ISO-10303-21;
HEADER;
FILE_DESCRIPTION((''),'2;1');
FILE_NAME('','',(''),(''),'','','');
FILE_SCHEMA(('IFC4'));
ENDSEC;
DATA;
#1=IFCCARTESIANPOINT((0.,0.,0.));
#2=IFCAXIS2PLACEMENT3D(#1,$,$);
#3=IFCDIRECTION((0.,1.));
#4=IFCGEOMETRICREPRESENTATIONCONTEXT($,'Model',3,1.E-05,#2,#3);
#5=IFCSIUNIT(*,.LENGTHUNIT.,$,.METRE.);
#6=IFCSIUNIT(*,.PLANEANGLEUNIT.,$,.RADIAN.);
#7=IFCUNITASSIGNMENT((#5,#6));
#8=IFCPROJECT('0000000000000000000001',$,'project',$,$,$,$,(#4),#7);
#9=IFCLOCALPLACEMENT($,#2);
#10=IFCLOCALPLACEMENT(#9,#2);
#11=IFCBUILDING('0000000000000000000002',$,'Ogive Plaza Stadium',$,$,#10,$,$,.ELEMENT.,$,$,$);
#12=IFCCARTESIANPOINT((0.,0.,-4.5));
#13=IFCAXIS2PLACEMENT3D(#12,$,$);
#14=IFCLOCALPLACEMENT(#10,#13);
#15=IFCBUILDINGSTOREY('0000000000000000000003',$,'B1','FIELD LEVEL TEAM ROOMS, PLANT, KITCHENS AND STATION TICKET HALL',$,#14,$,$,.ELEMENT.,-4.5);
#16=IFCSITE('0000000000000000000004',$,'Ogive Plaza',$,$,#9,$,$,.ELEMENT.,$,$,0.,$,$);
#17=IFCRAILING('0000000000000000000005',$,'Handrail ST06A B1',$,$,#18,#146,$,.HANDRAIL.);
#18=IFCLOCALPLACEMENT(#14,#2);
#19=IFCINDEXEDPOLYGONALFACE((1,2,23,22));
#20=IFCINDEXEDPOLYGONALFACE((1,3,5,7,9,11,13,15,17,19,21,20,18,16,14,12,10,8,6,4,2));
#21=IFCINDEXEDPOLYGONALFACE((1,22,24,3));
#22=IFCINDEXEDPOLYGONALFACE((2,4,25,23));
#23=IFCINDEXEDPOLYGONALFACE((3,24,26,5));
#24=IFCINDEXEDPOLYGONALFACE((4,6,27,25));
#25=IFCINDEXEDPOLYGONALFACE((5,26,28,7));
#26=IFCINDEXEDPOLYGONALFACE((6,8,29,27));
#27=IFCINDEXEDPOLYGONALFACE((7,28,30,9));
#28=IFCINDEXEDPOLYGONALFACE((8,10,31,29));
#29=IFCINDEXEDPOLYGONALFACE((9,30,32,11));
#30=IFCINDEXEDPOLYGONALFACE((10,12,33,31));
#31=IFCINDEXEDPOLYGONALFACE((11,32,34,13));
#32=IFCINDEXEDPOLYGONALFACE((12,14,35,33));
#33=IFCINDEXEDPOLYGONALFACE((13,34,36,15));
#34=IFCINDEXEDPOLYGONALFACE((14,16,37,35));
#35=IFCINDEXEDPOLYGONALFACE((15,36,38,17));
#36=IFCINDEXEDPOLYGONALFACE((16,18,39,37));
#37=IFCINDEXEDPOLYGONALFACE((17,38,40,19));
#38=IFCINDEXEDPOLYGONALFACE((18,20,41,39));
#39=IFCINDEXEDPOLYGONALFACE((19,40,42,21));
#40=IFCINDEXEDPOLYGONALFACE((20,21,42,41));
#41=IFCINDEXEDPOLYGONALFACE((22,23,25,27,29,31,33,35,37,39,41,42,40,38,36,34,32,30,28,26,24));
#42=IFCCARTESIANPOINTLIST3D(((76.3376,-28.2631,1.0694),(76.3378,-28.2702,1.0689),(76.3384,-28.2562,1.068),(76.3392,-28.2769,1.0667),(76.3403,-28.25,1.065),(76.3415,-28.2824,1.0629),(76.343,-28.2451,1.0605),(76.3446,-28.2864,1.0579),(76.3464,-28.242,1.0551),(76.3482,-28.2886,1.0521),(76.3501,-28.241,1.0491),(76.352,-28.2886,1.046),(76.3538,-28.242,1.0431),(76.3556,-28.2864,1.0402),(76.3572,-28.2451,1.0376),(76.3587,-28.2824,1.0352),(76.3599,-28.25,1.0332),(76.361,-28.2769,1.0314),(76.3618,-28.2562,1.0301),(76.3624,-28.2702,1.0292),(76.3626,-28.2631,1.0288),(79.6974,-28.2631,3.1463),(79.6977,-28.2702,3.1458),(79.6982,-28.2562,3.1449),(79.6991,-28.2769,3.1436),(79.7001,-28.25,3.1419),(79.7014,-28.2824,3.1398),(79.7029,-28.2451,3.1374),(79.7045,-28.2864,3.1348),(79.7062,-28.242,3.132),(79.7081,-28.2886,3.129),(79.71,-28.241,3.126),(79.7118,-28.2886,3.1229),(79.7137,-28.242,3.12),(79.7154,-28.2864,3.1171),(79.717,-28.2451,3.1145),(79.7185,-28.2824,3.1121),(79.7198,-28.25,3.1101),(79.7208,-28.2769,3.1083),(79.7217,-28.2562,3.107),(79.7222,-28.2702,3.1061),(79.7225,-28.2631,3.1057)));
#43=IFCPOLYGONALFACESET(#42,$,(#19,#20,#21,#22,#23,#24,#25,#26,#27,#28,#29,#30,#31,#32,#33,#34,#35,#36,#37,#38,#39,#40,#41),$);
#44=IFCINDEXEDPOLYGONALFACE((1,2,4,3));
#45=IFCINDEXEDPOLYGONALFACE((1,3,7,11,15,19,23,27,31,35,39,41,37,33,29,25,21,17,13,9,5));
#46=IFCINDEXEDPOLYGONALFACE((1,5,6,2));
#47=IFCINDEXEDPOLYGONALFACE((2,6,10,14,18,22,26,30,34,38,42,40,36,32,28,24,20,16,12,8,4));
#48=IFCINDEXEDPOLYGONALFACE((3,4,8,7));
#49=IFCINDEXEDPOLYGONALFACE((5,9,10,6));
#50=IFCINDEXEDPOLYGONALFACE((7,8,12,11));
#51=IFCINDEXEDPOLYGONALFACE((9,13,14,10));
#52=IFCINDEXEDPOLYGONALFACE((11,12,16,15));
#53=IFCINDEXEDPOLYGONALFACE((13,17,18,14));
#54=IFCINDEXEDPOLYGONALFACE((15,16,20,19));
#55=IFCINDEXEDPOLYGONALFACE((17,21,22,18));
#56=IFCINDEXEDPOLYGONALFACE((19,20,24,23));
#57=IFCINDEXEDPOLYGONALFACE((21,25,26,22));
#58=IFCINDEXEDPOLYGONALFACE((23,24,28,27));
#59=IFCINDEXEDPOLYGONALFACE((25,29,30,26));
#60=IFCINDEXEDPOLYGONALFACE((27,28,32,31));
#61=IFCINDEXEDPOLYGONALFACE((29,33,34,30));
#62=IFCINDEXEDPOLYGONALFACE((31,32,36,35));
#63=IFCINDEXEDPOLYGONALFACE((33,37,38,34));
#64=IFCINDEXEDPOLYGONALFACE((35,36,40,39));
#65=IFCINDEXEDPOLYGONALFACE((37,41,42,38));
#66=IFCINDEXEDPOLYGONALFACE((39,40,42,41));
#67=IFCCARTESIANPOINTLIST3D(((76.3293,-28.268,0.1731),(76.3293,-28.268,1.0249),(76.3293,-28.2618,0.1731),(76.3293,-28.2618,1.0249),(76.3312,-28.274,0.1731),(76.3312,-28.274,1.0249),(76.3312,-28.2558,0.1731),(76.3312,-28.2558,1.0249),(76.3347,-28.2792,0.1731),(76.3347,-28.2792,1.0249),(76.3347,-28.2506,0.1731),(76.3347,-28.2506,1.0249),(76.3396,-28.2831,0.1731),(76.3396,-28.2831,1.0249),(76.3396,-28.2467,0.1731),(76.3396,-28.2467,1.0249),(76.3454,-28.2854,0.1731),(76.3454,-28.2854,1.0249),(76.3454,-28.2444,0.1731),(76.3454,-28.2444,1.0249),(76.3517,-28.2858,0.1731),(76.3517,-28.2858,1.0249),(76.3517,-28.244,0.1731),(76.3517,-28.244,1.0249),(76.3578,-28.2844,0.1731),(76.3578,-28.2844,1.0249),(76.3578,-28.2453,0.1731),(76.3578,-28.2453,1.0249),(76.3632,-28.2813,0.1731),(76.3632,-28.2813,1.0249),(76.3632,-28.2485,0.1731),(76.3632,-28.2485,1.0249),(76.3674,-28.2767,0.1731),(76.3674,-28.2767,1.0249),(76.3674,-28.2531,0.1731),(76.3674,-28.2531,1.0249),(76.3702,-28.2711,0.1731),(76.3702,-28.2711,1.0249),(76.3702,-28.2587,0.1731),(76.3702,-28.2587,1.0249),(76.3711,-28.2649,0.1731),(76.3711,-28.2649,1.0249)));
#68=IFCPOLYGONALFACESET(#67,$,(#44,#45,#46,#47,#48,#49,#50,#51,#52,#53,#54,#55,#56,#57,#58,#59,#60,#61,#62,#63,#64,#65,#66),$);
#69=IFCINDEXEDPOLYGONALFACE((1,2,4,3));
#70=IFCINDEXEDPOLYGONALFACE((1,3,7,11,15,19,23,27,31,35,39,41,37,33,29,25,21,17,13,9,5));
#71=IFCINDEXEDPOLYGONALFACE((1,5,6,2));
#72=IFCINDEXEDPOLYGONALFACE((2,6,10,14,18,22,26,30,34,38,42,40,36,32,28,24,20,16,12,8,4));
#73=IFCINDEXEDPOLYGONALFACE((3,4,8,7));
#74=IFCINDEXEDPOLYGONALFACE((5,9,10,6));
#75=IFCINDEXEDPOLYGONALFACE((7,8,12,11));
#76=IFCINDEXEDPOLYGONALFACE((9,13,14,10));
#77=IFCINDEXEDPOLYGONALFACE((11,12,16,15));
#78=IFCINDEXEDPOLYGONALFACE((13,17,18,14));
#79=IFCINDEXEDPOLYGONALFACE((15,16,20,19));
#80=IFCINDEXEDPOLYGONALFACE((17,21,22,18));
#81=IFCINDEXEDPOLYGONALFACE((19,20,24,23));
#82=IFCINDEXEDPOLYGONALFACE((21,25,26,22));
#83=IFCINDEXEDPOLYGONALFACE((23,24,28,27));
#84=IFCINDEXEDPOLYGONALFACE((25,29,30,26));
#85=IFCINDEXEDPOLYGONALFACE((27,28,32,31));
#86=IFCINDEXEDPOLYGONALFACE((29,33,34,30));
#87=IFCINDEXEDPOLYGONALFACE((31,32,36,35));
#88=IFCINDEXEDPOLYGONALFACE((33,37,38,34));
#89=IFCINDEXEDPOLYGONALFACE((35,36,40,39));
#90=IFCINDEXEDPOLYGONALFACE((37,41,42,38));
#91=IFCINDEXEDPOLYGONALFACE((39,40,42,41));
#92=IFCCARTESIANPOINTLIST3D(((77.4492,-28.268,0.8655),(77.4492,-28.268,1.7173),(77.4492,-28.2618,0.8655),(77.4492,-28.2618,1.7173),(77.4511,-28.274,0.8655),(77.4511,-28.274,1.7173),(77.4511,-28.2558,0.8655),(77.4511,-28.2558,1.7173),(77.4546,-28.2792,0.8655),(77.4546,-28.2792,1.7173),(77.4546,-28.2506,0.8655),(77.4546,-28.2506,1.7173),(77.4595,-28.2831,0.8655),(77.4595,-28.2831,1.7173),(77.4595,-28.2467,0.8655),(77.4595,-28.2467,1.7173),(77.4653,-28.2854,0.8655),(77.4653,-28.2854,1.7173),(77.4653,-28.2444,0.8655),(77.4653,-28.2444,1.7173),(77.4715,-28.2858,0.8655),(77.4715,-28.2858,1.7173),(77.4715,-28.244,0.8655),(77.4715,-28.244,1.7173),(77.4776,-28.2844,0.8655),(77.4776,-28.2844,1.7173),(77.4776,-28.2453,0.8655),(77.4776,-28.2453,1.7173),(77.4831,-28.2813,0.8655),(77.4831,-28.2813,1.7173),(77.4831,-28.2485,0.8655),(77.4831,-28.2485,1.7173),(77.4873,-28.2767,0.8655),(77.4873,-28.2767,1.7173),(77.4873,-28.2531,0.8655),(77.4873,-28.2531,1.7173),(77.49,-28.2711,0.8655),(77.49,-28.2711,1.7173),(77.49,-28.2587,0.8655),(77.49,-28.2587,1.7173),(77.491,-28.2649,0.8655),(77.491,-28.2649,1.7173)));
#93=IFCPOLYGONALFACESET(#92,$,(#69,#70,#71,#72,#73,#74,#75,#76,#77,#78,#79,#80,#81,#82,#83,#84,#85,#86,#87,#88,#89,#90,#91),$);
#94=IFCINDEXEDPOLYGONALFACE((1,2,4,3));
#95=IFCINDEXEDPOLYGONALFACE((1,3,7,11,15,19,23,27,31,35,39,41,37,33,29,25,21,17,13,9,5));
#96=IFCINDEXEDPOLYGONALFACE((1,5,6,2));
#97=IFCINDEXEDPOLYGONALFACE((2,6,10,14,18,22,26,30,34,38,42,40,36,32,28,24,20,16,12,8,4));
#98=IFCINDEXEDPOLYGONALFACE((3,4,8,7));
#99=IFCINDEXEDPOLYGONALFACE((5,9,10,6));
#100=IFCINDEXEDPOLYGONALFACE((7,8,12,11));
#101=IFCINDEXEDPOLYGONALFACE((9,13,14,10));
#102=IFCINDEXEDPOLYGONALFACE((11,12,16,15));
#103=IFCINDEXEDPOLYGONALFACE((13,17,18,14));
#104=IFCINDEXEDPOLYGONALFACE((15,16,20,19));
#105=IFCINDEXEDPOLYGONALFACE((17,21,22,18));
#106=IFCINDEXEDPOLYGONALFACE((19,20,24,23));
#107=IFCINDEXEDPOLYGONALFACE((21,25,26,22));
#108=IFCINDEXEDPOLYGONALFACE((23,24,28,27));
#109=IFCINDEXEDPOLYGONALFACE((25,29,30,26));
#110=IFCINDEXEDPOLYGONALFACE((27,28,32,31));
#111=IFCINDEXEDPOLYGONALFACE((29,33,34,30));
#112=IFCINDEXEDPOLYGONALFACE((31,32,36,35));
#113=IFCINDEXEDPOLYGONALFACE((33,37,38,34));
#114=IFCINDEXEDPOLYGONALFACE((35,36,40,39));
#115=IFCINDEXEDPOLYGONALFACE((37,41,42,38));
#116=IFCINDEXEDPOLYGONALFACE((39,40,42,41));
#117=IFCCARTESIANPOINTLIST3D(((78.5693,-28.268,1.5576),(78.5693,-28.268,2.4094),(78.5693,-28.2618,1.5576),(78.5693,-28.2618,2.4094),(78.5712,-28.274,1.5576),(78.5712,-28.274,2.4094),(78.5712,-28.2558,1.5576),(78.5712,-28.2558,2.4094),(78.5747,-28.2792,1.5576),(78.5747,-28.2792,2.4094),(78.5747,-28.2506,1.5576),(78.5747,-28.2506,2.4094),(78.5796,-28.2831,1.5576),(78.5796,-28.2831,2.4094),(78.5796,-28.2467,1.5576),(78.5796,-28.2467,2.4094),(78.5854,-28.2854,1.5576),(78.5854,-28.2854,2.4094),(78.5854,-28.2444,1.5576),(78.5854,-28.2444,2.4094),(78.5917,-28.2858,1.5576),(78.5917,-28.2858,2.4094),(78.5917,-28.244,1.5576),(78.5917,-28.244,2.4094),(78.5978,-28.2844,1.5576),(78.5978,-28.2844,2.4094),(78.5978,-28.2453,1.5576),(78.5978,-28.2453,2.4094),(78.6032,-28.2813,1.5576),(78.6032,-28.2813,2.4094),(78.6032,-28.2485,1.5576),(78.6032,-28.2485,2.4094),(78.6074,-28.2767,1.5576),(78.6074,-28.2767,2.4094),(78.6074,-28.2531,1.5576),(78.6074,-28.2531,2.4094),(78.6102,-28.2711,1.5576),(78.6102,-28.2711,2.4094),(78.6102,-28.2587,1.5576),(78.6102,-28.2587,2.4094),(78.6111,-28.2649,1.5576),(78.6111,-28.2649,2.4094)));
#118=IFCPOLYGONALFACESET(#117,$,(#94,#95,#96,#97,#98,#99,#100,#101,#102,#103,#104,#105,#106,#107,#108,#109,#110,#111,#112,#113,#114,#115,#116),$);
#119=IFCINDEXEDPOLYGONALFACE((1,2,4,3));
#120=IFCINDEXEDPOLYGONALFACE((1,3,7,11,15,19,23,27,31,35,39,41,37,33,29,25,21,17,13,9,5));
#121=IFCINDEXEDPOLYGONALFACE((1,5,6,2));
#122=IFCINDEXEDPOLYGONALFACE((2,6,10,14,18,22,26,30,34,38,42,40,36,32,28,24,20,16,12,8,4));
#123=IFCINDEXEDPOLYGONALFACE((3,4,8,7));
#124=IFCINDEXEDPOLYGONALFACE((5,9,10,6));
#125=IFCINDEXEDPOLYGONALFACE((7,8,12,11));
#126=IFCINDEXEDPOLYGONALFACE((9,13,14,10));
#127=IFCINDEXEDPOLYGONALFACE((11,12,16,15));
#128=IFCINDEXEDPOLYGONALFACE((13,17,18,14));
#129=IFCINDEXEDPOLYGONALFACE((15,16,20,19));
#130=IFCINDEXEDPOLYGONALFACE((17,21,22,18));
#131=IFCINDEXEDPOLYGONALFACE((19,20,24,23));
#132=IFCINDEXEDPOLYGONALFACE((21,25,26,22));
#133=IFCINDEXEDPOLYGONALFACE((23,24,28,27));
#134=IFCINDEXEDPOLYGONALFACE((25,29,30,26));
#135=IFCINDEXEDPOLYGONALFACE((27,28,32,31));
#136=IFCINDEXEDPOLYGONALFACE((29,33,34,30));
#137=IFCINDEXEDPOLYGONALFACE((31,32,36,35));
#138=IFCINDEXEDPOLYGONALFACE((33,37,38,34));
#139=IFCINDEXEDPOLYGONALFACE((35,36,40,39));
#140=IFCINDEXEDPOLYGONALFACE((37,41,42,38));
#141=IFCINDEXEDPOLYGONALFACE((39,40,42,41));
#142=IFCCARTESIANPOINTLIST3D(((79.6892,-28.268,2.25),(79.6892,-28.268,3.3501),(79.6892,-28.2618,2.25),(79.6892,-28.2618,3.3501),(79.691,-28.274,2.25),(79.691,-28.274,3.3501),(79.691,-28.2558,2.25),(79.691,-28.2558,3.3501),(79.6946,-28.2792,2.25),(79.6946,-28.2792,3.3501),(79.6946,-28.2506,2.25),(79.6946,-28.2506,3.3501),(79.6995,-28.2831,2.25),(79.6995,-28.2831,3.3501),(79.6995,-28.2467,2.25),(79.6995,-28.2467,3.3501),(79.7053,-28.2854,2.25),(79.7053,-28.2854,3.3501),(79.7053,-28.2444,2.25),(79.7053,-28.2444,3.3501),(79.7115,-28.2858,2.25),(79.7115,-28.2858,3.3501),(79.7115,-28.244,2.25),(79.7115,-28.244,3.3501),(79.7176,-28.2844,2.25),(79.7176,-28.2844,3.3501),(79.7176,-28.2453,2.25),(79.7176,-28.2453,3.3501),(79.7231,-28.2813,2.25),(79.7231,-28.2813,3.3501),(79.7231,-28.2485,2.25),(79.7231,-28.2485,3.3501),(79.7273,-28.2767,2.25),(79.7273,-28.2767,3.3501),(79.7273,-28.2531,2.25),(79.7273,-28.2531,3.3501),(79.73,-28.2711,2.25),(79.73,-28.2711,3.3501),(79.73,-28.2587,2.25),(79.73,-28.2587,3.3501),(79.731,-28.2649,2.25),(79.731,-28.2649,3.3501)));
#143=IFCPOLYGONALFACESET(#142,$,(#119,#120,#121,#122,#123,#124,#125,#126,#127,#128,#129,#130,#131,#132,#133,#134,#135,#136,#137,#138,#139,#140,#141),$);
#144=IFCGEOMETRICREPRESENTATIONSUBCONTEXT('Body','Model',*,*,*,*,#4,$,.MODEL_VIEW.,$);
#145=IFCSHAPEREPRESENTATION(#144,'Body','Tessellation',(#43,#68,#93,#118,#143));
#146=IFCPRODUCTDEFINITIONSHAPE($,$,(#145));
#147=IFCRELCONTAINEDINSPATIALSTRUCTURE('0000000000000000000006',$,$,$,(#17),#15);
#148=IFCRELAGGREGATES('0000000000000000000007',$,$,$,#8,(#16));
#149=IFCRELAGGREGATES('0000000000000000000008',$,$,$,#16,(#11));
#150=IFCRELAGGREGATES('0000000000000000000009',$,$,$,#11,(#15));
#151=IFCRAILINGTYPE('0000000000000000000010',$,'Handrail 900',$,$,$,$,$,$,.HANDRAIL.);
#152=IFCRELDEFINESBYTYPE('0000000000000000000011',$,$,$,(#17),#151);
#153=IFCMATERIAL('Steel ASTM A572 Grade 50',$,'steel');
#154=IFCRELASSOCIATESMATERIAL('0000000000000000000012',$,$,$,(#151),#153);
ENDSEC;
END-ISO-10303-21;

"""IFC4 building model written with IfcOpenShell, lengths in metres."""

from ifc_helpers import new_model, si_unit, direction, frame, origin, origin_2d, place, context, subcontext, project, spatial, circle, extrude, material, type_object, element, save


model = new_model("IFC4")

# Units and contexts
model_context = context("Model", 3, precision=1e-05, world=origin(), true_north=direction((0.0, 1.0)))
body_context = subcontext(model_context, "Body", "Model", "MODEL_VIEW")
ifc_project = project(units=[si_unit("LENGTHUNIT", "METRE"), si_unit("PLANEANGLEUNIT", "RADIAN")], contexts=[model_context])

# Site, building, storey
site_placement = place(None, origin())
site = spatial("IfcSite", under=ifc_project, at=site_placement, Name="Ogive Plaza", CompositionType="ELEMENT", RefElevation=0.0)
building_placement = place(site_placement, origin())
building = spatial("IfcBuilding", under=site, at=building_placement, Name="Ogive Plaza Stadium", CompositionType="ELEMENT")
storey_placement = place(building_placement, frame((0.0, 0.0, -4.5)))
storey = spatial("IfcBuildingStorey", under=building, at=storey_placement, Name="B1", Description="FIELD LEVEL TEAM ROOMS, PLANT, KITCHENS AND STATION TICKET HALL", CompositionType="ELEMENT", Elevation=-4.5)

# Railing
ifc_material_1 = material(Name="Steel ASTM A572 Grade 50", Category="steel")
railing_type_1 = type_object("IfcRailingType", Name="Handrail 900", PredefinedType="HANDRAIL", material=ifc_material_1)
for number, where, name in (
    (1, (76.3501, -28.2649, 0.1731), "Handrail ST06A B1"),
):
    element("IfcRailing", number, at=place(storey_placement, frame(where)), inside=storey, type_object=railing_type_1, Name=name, PredefinedType="HANDRAIL", context=body_context, shape_type="SweptSolid", body=[
        extrude(circle(Radius=0.0239, at=origin_2d()), frame((0.0, 0.0, 0.876), z_axis=(0.850606, 0.0, 0.525803), x_axis=(0.0, 1.0, 0.0)), (0.0, 0.0, 1.0), 3.95),
        extrude(circle(Radius=0.021, at=origin_2d()), origin(), (0.0, 0.0, 1.0), 0.8518),
        extrude(circle(Radius=0.021, at=origin_2d()), frame((1.1199, 0.0, 0.6924)), (0.0, 0.0, 1.0), 0.8518),
        extrude(circle(Radius=0.021, at=origin_2d()), frame((2.24, 0.0, 1.3845)), (0.0, 0.0, 1.0), 0.8518),
        extrude(circle(Radius=0.021, at=origin_2d()), frame((3.3599, 0.0, 2.0769)), (0.0, 0.0, 1.0), 1.1001),
    ])

save(model, "model.ifc")
